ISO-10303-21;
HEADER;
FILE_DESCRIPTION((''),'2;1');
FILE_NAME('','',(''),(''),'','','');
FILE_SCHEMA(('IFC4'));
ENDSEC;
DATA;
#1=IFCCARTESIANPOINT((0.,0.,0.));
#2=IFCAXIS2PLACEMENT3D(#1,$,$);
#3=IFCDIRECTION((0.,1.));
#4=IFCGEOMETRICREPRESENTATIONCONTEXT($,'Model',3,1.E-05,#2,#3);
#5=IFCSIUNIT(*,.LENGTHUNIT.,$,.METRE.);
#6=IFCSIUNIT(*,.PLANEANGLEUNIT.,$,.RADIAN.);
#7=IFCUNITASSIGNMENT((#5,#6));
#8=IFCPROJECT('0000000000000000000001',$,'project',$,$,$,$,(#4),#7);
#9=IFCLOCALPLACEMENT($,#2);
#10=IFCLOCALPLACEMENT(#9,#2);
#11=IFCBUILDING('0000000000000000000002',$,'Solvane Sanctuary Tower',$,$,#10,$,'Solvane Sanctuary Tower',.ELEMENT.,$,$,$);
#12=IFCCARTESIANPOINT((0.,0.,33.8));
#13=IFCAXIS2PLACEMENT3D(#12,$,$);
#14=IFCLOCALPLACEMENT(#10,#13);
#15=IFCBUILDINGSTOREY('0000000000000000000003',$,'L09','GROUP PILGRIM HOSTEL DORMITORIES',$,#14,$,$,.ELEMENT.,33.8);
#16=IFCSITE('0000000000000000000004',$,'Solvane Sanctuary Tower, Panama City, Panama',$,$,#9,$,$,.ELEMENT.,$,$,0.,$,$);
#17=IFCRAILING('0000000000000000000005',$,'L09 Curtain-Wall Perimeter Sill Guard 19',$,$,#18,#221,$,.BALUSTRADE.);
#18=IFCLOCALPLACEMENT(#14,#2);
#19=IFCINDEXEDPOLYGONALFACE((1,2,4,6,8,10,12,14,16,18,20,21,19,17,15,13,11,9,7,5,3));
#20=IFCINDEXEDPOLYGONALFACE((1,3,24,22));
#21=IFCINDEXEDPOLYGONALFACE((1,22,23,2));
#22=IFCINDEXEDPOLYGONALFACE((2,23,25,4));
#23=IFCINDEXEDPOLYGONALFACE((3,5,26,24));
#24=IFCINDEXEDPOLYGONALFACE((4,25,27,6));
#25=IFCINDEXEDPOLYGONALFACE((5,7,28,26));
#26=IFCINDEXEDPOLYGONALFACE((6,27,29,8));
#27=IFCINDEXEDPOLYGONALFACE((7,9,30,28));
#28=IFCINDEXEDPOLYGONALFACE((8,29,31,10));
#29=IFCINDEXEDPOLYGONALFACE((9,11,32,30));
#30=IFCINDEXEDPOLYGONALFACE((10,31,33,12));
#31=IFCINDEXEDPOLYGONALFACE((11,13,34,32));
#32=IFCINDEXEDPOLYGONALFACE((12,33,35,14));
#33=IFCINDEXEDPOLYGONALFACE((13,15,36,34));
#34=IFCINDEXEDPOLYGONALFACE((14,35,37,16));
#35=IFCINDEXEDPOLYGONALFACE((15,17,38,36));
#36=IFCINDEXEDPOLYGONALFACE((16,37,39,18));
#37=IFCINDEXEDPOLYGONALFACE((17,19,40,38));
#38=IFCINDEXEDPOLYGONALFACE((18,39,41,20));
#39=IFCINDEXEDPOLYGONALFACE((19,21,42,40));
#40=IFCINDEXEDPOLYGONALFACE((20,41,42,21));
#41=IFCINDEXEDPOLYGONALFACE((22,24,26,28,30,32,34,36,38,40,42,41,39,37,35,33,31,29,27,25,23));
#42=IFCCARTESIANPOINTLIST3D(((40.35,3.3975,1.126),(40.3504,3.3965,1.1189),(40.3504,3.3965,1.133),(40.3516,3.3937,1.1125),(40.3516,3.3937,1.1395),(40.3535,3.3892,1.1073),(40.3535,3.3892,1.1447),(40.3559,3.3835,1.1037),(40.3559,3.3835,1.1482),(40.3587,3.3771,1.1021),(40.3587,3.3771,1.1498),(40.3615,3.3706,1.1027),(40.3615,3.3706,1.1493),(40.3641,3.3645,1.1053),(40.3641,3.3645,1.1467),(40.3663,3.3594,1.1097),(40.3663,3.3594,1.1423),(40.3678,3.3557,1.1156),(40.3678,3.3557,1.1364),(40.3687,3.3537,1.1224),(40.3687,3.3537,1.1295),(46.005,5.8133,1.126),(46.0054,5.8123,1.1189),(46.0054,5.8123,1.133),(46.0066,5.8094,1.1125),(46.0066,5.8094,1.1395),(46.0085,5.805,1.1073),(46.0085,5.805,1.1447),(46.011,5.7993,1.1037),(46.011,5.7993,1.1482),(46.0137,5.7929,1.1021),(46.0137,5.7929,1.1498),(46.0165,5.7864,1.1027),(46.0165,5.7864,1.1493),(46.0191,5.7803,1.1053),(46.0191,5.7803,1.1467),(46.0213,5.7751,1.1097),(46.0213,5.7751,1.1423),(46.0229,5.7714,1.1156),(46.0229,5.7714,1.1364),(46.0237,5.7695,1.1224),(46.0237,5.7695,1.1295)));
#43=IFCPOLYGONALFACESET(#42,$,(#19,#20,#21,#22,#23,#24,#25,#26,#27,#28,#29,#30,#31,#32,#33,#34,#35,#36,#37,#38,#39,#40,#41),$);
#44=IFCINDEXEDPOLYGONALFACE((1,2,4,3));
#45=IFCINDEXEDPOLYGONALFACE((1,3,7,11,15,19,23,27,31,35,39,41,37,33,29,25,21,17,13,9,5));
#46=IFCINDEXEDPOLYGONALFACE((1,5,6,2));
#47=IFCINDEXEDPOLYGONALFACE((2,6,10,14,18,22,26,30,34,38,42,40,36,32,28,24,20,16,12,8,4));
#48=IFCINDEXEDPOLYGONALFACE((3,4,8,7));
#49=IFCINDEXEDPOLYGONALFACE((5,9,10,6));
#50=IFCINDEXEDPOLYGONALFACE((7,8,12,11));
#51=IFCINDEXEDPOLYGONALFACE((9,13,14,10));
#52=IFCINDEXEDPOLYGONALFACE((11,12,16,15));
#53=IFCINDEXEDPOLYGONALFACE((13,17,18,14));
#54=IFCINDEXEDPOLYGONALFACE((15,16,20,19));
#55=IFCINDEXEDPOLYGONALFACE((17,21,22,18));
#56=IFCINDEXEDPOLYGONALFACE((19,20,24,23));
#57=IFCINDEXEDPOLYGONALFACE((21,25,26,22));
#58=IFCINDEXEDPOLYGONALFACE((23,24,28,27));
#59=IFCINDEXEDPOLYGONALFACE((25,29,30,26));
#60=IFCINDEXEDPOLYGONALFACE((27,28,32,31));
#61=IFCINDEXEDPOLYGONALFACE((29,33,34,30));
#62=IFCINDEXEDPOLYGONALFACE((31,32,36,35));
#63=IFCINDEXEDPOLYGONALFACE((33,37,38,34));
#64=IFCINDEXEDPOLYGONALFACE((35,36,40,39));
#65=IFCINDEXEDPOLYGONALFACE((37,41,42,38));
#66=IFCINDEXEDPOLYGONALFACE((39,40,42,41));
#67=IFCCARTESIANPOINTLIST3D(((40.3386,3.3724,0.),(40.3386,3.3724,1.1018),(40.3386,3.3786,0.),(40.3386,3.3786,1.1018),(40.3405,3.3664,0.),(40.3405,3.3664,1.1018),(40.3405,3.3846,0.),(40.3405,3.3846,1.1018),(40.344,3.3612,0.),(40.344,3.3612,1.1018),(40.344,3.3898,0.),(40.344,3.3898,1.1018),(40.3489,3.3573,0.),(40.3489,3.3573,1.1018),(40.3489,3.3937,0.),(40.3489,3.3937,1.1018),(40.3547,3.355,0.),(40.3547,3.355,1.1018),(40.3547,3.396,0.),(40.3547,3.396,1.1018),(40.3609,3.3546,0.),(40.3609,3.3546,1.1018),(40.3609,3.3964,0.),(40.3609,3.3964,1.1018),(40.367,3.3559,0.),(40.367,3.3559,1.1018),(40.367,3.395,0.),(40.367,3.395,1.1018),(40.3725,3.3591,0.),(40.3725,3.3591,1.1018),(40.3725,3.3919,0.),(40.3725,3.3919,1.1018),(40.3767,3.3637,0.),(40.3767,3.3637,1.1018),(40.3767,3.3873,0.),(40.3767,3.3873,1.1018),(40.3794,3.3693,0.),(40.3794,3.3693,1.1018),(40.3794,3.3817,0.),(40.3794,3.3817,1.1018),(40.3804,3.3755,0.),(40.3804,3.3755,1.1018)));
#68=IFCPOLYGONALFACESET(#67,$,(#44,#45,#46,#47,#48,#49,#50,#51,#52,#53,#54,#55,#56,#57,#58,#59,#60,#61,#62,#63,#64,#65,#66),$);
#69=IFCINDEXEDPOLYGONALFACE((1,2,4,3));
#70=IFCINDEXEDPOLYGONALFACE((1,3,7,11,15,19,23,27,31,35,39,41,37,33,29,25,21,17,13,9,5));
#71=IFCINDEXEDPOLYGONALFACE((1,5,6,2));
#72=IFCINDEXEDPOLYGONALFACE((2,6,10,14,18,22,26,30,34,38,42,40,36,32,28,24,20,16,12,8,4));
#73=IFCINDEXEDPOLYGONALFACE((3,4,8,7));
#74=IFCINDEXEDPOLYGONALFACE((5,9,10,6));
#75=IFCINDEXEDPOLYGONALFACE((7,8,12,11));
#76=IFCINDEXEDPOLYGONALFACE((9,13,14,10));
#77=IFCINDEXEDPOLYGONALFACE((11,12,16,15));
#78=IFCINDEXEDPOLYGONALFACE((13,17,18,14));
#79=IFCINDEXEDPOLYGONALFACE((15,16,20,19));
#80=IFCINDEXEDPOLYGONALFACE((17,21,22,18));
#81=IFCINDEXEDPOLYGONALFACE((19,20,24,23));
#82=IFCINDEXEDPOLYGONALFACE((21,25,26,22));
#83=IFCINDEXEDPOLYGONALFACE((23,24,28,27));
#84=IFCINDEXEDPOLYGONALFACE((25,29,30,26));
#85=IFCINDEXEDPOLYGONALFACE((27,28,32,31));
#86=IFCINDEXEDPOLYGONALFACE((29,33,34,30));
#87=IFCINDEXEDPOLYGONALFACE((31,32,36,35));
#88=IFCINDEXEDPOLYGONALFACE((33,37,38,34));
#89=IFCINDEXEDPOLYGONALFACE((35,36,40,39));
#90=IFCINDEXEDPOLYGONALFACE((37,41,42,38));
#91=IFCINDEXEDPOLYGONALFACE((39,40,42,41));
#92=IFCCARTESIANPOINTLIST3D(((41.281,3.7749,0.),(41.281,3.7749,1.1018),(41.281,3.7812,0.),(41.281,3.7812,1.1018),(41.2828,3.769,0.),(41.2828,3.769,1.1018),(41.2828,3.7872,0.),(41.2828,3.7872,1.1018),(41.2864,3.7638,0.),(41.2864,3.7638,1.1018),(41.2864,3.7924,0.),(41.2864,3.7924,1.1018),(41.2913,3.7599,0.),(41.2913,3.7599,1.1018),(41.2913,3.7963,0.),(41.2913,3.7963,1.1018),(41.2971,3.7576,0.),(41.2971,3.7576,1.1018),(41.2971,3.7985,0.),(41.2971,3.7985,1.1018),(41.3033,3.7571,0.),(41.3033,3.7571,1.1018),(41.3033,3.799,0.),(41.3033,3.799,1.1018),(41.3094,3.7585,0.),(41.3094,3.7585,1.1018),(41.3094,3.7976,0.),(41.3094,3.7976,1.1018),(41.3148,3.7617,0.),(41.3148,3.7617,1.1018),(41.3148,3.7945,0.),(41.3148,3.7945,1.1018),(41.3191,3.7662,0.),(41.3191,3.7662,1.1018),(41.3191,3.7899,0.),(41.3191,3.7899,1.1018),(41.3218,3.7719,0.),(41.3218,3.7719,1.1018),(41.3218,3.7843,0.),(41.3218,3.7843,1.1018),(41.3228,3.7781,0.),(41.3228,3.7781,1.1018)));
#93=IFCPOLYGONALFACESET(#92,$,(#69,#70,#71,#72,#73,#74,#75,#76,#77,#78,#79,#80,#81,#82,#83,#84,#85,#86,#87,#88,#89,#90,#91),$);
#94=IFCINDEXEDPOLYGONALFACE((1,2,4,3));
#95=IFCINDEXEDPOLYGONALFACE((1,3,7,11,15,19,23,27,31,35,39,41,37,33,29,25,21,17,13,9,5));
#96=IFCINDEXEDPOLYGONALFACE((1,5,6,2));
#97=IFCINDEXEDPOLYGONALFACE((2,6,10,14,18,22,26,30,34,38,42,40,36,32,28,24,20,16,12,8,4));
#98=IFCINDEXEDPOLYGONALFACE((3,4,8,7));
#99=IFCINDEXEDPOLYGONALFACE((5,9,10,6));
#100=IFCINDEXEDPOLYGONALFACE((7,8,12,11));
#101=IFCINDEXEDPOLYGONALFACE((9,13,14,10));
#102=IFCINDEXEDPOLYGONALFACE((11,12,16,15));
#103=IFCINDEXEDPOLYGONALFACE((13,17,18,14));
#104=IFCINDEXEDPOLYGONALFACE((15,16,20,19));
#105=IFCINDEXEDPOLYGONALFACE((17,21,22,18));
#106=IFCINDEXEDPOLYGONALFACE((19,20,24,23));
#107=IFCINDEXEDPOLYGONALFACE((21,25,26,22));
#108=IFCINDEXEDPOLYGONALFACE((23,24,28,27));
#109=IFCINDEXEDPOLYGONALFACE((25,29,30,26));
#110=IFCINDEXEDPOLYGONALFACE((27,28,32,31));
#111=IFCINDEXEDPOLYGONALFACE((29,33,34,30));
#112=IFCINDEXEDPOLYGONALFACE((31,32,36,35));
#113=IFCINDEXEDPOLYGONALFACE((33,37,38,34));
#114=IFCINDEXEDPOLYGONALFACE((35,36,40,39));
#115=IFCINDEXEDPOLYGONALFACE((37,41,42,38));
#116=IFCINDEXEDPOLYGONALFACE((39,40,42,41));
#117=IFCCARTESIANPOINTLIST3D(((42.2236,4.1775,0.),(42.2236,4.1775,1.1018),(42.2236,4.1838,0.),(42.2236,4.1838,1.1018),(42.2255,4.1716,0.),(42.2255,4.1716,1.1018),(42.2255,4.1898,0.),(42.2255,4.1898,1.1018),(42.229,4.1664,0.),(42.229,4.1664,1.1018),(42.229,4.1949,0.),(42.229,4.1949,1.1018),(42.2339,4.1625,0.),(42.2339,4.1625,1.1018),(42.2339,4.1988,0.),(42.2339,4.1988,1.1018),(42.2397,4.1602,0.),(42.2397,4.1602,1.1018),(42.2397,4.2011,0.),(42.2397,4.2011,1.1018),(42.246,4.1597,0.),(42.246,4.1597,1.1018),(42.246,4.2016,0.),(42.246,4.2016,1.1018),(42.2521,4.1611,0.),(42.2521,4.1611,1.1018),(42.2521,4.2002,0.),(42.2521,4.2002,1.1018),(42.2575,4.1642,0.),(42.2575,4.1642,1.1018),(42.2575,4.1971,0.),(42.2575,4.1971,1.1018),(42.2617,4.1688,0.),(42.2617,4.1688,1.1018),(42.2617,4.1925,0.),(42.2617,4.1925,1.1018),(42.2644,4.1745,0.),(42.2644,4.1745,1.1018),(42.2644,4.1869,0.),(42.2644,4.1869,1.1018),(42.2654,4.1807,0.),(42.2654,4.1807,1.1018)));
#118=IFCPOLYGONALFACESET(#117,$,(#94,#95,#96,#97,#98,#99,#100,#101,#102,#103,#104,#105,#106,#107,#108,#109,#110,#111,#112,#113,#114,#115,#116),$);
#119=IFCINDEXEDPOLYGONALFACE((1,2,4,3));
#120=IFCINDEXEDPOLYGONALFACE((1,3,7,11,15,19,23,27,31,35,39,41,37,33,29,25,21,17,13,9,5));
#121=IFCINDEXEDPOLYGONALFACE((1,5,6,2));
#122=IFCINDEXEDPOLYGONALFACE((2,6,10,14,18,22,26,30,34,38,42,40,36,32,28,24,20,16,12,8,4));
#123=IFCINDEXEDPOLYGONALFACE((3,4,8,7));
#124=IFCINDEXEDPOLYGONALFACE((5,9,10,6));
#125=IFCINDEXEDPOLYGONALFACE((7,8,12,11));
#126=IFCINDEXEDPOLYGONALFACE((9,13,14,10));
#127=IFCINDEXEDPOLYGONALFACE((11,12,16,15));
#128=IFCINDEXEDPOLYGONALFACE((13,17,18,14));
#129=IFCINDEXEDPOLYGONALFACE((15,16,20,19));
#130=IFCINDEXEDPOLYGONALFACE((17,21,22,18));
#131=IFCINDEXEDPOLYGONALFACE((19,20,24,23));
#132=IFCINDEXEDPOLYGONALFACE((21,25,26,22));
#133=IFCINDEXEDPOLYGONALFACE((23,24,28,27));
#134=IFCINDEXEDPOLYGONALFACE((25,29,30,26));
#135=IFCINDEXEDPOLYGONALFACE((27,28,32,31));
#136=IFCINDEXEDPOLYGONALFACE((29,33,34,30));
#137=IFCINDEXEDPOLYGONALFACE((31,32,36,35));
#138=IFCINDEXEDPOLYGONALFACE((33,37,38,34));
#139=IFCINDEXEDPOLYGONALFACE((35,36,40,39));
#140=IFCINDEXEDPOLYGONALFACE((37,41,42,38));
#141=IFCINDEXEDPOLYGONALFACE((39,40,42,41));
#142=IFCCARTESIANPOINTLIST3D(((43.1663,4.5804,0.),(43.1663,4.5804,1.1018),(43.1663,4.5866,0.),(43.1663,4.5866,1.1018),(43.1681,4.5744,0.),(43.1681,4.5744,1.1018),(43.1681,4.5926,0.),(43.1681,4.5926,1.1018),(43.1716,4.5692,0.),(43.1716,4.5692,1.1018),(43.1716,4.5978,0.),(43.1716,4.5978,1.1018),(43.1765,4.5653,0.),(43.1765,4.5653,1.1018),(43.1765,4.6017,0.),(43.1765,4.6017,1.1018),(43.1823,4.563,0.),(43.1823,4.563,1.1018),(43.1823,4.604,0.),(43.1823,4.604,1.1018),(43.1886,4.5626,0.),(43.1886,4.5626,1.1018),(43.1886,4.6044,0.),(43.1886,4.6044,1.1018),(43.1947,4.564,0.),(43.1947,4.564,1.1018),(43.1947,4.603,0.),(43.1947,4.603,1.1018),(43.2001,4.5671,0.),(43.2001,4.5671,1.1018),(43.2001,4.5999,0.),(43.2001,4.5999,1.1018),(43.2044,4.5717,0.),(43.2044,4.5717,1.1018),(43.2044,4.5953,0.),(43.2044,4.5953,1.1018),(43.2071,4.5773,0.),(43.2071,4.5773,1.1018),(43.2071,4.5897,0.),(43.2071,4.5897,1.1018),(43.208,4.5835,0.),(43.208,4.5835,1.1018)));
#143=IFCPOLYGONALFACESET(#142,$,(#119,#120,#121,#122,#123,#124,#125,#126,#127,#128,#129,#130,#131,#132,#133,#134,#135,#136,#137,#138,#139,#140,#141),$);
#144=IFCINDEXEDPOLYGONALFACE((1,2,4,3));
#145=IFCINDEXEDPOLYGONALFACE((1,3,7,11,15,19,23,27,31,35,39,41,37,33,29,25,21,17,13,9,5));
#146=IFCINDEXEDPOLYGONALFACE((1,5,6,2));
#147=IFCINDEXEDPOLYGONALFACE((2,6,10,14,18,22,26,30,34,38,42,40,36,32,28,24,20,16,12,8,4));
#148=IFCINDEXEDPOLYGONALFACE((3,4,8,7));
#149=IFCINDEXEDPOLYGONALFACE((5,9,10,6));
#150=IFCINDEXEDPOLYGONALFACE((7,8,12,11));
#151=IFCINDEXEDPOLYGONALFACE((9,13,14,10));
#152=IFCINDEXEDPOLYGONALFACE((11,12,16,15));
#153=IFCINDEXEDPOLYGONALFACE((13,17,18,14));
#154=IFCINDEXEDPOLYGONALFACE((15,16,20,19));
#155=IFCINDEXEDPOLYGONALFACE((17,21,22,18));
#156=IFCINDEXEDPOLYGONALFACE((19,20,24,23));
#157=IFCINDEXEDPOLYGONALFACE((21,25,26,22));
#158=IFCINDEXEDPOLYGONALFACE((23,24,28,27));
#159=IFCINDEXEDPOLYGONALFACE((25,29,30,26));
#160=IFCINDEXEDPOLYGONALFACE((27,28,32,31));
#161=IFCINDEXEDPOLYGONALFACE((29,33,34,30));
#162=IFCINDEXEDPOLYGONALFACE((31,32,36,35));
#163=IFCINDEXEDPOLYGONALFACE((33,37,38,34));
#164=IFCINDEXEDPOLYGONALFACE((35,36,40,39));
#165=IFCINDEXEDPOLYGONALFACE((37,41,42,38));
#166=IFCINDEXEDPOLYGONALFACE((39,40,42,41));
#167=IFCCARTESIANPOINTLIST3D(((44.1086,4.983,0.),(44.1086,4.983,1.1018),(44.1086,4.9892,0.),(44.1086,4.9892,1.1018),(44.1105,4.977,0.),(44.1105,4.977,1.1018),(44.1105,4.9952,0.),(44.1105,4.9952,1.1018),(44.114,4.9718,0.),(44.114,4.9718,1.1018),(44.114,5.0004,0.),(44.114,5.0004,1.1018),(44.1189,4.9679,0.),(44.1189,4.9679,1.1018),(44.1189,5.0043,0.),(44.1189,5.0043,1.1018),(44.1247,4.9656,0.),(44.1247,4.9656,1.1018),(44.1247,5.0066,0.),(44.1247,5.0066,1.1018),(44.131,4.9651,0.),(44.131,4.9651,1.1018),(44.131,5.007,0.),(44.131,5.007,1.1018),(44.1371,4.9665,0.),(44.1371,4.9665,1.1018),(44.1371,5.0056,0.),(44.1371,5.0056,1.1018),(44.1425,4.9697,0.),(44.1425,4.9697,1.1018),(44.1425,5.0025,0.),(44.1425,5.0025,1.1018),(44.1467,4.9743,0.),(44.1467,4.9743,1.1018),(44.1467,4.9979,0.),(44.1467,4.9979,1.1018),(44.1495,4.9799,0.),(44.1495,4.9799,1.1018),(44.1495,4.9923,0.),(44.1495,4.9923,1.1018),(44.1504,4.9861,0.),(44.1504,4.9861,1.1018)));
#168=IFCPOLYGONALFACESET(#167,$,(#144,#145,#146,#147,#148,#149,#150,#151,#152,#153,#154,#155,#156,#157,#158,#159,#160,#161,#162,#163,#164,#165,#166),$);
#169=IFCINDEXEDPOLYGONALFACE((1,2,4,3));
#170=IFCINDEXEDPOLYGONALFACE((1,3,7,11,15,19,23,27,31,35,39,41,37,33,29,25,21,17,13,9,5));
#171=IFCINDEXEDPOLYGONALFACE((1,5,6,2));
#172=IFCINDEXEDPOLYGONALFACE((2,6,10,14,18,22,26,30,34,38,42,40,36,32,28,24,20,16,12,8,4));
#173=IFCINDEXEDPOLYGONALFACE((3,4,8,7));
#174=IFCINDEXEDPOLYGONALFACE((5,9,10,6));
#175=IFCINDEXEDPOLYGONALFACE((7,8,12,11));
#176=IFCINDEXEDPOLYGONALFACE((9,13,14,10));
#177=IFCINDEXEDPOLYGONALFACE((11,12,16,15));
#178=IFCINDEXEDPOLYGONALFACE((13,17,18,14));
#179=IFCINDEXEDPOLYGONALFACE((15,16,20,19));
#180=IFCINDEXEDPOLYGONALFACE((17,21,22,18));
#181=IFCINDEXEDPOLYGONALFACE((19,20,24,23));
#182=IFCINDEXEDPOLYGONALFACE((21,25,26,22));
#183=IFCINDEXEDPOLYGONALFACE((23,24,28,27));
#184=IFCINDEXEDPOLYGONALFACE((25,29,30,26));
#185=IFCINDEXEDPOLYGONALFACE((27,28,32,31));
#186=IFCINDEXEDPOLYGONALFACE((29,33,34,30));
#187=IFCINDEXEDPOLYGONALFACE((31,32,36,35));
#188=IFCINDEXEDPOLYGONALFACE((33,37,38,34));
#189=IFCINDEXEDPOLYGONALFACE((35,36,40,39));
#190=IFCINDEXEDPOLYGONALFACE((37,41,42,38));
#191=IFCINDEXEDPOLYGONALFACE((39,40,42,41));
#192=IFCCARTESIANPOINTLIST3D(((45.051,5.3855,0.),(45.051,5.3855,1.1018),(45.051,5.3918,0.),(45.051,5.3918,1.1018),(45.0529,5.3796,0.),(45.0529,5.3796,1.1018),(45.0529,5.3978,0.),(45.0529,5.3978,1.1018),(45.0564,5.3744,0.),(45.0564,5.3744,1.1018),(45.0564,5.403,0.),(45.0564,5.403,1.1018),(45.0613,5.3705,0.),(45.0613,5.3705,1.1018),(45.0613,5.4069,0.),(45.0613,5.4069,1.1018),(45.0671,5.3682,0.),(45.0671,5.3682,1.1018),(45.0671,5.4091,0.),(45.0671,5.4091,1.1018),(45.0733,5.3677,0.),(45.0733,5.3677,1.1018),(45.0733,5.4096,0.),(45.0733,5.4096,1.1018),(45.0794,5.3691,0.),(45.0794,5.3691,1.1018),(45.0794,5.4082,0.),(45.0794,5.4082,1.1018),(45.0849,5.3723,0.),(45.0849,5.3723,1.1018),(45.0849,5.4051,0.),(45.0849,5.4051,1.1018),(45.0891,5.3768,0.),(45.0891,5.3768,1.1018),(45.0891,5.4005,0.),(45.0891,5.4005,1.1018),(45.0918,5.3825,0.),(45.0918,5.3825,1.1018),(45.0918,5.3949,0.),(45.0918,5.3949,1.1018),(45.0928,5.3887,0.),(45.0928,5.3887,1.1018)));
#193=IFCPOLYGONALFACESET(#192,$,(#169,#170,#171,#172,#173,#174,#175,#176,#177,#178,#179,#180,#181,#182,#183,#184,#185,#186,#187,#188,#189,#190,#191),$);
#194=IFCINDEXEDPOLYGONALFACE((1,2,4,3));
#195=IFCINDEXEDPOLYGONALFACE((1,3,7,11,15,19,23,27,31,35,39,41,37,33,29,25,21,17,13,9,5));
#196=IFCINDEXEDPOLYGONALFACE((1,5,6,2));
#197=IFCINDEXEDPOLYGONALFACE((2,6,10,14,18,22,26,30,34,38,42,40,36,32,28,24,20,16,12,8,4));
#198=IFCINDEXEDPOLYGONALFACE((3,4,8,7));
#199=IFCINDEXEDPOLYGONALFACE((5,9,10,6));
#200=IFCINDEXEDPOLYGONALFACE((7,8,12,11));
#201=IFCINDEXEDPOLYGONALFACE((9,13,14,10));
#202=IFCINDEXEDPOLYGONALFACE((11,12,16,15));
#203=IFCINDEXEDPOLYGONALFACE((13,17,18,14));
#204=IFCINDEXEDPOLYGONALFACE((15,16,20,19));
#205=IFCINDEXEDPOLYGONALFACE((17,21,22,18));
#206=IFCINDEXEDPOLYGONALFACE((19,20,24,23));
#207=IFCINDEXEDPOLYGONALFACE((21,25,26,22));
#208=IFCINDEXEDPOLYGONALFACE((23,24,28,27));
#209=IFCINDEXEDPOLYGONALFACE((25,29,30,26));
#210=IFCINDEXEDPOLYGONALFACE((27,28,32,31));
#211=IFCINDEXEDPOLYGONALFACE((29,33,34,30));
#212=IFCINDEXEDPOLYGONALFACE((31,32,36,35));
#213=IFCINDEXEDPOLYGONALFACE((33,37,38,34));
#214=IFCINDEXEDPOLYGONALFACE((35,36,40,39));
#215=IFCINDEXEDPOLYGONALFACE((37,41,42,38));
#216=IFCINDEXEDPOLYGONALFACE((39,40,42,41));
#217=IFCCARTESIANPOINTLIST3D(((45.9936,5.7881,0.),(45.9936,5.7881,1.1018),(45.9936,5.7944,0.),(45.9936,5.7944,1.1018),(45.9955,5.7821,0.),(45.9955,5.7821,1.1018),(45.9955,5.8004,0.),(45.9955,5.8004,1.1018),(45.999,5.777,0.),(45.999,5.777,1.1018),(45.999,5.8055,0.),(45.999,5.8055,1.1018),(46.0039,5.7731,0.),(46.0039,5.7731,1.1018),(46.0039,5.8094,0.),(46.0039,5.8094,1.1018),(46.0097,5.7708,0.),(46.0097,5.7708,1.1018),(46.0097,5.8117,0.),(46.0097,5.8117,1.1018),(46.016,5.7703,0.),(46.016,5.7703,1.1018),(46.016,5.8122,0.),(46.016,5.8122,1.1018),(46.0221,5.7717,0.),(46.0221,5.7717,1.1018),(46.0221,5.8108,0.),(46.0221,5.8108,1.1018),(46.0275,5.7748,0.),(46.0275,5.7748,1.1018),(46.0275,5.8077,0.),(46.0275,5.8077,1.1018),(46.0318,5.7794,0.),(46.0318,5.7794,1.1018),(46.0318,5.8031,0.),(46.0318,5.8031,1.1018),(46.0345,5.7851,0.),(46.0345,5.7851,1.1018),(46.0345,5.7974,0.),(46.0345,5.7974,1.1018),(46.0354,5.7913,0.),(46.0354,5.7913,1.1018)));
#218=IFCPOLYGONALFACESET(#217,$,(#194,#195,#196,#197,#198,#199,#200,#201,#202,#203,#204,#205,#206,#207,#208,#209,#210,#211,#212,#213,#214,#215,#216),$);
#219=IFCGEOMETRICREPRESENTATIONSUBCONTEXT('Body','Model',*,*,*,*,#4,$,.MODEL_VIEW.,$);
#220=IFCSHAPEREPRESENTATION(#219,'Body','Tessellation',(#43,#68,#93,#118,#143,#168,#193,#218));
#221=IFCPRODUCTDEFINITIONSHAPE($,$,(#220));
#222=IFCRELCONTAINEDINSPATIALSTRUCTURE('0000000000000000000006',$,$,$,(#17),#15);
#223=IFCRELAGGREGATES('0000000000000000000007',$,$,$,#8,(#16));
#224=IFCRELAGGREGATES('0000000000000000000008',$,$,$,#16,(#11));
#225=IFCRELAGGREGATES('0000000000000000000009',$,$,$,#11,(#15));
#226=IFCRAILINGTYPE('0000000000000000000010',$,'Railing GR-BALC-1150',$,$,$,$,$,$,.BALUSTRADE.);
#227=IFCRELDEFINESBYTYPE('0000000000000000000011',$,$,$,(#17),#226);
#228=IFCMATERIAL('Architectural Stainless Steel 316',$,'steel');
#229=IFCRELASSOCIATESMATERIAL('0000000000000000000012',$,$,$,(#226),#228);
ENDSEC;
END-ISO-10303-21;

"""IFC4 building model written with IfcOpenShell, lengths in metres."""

from ifc_helpers import new_model, si_unit, direction, frame, origin, origin_2d, place, context, subcontext, project, spatial, circle, extrude, material, type_object, element, save


model = new_model("IFC4")

# Units and contexts
model_context = context("Model", 3, precision=1e-05, world=origin(), true_north=direction((0.0, 1.0)))
body_context = subcontext(model_context, "Body", "Model", "MODEL_VIEW")
ifc_project = project(units=[si_unit("LENGTHUNIT", "METRE"), si_unit("PLANEANGLEUNIT", "RADIAN")], contexts=[model_context])

# Site, building, storey
site_placement = place(None, origin())
site = spatial("IfcSite", under=ifc_project, at=site_placement, Name="Solvane Sanctuary Tower, Panama City, Panama", CompositionType="ELEMENT", RefElevation=0.0)
building_placement = place(site_placement, origin())
building = spatial("IfcBuilding", under=site, at=building_placement, Name="Solvane Sanctuary Tower", LongName="Solvane Sanctuary Tower", CompositionType="ELEMENT")
storey_placement = place(building_placement, frame((0.0, 0.0, 33.8)))
storey = spatial("IfcBuildingStorey", under=building, at=storey_placement, Name="L09", Description="GROUP PILGRIM HOSTEL DORMITORIES", CompositionType="ELEMENT", Elevation=33.8)

# Railing
ifc_material_1 = material(Name="Architectural Stainless Steel 316", Category="steel")
railing_type = type_object("IfcRailingType", Name="Railing GR-BALC-1150", PredefinedType="BALUSTRADE", material=ifc_material_1)
railing_placement = place(storey_placement, frame((40.3594, 3.3755, 0.0)))
element("IfcRailing", 1, at=railing_placement, inside=storey, type_object=railing_type, Name="L09 Curtain-Wall Perimeter Sill Guard 19", PredefinedType="BALUSTRADE", context=body_context, shape_type="SweptSolid", body=[
    extrude(circle(Radius=0.0239, at=origin_2d()), frame((0.0, 0.0, 1.126), z_axis=(0.919604, 0.392846, 0.0), x_axis=(-0.392846, 0.919604, 0.0)), (0.0, 0.0, 1.0), 6.1494),
    extrude(circle(Radius=0.021, at=origin_2d()), origin(), (0.0, 0.0, 1.0), 1.1018),
    extrude(circle(Radius=0.021, at=origin_2d()), frame((0.9424, 0.4026, 0.0)), (0.0, 0.0, 1.0), 1.1018),
    extrude(circle(Radius=0.021, at=origin_2d()), frame((1.885, 0.8052, 0.0)), (0.0, 0.0, 1.0), 1.1018),
    extrude(circle(Radius=0.021, at=origin_2d()), frame((2.8276, 1.208, 0.0)), (0.0, 0.0, 1.0), 1.1018),
    extrude(circle(Radius=0.021, at=origin_2d()), frame((3.77, 1.6106, 0.0)), (0.0, 0.0, 1.0), 1.1018),
    extrude(circle(Radius=0.021, at=origin_2d()), frame((4.7124, 2.0132, 0.0)), (0.0, 0.0, 1.0), 1.1018),
    extrude(circle(Radius=0.021, at=origin_2d()), frame((5.655, 2.4158, 0.0)), (0.0, 0.0, 1.0), 1.1018),
])

save(model, "model.ifc")
